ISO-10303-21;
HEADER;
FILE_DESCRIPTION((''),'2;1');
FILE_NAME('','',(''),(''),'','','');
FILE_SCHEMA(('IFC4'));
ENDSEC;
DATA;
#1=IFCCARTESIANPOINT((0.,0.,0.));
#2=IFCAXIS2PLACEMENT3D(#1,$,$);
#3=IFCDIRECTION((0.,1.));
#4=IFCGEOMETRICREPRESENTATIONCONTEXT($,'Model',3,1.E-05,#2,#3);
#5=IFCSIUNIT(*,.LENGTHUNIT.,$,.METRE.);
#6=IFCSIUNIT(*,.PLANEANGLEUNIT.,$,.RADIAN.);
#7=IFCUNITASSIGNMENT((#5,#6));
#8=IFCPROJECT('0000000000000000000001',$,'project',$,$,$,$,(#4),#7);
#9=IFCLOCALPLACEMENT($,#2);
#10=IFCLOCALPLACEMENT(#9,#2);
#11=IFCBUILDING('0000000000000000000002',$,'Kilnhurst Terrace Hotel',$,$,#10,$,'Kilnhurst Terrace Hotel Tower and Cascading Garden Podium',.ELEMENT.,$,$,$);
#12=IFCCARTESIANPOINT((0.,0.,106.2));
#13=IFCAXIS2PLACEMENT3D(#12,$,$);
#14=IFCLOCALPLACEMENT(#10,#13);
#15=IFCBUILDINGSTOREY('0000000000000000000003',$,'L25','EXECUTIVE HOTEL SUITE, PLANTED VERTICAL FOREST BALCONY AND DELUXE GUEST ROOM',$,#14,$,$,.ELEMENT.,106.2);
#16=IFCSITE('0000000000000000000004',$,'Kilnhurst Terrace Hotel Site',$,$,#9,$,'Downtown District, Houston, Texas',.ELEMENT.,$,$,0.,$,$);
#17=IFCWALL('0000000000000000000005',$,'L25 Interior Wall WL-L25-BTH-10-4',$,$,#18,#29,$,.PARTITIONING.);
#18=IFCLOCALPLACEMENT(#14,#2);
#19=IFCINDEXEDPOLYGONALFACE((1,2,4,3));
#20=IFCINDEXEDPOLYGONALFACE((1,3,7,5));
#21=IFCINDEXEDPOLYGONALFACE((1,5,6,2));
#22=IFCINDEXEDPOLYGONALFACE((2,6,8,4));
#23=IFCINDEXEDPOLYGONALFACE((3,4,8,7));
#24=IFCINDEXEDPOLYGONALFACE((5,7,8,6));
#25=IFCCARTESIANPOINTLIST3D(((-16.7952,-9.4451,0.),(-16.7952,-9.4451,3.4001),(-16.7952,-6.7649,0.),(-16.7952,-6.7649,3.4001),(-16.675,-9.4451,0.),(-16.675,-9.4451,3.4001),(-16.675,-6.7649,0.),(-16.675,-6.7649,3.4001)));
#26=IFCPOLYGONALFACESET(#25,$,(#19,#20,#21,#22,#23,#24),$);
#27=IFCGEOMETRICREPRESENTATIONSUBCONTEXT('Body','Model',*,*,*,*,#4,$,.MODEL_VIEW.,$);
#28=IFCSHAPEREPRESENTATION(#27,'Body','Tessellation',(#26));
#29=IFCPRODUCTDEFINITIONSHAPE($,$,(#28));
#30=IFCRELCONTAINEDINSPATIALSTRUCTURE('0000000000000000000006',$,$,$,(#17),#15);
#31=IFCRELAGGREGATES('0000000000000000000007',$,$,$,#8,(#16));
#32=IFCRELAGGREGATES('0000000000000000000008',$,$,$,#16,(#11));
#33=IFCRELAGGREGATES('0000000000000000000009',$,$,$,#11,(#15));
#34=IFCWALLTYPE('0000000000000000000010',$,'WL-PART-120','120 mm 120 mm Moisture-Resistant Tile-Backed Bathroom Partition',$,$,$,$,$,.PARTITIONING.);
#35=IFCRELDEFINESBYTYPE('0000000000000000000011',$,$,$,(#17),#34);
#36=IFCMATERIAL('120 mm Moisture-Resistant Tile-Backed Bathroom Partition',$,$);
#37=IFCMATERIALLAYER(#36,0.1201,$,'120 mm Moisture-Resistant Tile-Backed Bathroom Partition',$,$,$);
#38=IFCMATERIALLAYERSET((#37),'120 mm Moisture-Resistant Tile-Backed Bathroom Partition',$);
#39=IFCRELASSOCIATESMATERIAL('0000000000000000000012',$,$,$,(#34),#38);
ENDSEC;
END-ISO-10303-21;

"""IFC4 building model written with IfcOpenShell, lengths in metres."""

from ifc_helpers import new_model, si_unit, direction, frame, frame_2d, origin, place, context, subcontext, project, spatial, rectangle, extrude, material, layer, layer_set, type_object, element, save


model = new_model("IFC4")

# Units and contexts
model_context = context("Model", 3, precision=1e-05, world=origin(), true_north=direction((0.0, 1.0)))
body_context = subcontext(model_context, "Body", "Model", "MODEL_VIEW")
ifc_project = project(units=[si_unit("LENGTHUNIT", "METRE"), si_unit("PLANEANGLEUNIT", "RADIAN")], contexts=[model_context])

# Site, building, storey
site_placement = place(None, origin())
site = spatial("IfcSite", under=ifc_project, at=site_placement, Name="Kilnhurst Terrace Hotel Site", LongName="Downtown District, Houston, Texas", CompositionType="ELEMENT", RefElevation=0.0)
building_placement = place(site_placement, origin())
building = spatial("IfcBuilding", under=site, at=building_placement, Name="Kilnhurst Terrace Hotel", LongName="Kilnhurst Terrace Hotel Tower and Cascading Garden Podium", CompositionType="ELEMENT")
storey_placement = place(building_placement, frame((0.0, 0.0, 106.2)))
storey = spatial("IfcBuildingStorey", under=building, at=storey_placement, Name="L25", Description="EXECUTIVE HOTEL SUITE, PLANTED VERTICAL FOREST BALCONY AND DELUXE GUEST ROOM", CompositionType="ELEMENT", Elevation=106.2)

# Shared definitions
ifc_material_1 = material(Name="120 mm Moisture-Resistant Tile-Backed Bathroom Partition")
ifc_layer_1 = layer(ifc_material_1, 0.1201, Name="120 mm Moisture-Resistant Tile-Backed Bathroom Partition")
ifc_layer_set_1 = layer_set([ifc_layer_1], Name="120 mm Moisture-Resistant Tile-Backed Bathroom Partition")
wall_type_1 = type_object("IfcWallType", Name="WL-PART-120", Description="120 mm 120 mm Moisture-Resistant Tile-Backed Bathroom Partition", PredefinedType="PARTITIONING", material=ifc_layer_set_1)

# Wall
wall_1_placement = place(storey_placement, frame((-16.7351, -6.7649, 0.0), z_axis=(0.0, 0.0, 1.0), x_axis=(0.0, -1.0, 0.0)))
element("IfcWall", 1, at=wall_1_placement, inside=storey, type_object=wall_type_1, Name="L25 Interior Wall WL-L25-BTH-10-4", PredefinedType="PARTITIONING", context=body_context, shape_type="SweptSolid", body=[
    extrude(rectangle(XDim=2.6802, YDim=0.1201, at=frame_2d((1.3401, 0.0))), origin(), (0.0, 0.0, 1.0), 3.4001),
])

save(model, "model.ifc")
